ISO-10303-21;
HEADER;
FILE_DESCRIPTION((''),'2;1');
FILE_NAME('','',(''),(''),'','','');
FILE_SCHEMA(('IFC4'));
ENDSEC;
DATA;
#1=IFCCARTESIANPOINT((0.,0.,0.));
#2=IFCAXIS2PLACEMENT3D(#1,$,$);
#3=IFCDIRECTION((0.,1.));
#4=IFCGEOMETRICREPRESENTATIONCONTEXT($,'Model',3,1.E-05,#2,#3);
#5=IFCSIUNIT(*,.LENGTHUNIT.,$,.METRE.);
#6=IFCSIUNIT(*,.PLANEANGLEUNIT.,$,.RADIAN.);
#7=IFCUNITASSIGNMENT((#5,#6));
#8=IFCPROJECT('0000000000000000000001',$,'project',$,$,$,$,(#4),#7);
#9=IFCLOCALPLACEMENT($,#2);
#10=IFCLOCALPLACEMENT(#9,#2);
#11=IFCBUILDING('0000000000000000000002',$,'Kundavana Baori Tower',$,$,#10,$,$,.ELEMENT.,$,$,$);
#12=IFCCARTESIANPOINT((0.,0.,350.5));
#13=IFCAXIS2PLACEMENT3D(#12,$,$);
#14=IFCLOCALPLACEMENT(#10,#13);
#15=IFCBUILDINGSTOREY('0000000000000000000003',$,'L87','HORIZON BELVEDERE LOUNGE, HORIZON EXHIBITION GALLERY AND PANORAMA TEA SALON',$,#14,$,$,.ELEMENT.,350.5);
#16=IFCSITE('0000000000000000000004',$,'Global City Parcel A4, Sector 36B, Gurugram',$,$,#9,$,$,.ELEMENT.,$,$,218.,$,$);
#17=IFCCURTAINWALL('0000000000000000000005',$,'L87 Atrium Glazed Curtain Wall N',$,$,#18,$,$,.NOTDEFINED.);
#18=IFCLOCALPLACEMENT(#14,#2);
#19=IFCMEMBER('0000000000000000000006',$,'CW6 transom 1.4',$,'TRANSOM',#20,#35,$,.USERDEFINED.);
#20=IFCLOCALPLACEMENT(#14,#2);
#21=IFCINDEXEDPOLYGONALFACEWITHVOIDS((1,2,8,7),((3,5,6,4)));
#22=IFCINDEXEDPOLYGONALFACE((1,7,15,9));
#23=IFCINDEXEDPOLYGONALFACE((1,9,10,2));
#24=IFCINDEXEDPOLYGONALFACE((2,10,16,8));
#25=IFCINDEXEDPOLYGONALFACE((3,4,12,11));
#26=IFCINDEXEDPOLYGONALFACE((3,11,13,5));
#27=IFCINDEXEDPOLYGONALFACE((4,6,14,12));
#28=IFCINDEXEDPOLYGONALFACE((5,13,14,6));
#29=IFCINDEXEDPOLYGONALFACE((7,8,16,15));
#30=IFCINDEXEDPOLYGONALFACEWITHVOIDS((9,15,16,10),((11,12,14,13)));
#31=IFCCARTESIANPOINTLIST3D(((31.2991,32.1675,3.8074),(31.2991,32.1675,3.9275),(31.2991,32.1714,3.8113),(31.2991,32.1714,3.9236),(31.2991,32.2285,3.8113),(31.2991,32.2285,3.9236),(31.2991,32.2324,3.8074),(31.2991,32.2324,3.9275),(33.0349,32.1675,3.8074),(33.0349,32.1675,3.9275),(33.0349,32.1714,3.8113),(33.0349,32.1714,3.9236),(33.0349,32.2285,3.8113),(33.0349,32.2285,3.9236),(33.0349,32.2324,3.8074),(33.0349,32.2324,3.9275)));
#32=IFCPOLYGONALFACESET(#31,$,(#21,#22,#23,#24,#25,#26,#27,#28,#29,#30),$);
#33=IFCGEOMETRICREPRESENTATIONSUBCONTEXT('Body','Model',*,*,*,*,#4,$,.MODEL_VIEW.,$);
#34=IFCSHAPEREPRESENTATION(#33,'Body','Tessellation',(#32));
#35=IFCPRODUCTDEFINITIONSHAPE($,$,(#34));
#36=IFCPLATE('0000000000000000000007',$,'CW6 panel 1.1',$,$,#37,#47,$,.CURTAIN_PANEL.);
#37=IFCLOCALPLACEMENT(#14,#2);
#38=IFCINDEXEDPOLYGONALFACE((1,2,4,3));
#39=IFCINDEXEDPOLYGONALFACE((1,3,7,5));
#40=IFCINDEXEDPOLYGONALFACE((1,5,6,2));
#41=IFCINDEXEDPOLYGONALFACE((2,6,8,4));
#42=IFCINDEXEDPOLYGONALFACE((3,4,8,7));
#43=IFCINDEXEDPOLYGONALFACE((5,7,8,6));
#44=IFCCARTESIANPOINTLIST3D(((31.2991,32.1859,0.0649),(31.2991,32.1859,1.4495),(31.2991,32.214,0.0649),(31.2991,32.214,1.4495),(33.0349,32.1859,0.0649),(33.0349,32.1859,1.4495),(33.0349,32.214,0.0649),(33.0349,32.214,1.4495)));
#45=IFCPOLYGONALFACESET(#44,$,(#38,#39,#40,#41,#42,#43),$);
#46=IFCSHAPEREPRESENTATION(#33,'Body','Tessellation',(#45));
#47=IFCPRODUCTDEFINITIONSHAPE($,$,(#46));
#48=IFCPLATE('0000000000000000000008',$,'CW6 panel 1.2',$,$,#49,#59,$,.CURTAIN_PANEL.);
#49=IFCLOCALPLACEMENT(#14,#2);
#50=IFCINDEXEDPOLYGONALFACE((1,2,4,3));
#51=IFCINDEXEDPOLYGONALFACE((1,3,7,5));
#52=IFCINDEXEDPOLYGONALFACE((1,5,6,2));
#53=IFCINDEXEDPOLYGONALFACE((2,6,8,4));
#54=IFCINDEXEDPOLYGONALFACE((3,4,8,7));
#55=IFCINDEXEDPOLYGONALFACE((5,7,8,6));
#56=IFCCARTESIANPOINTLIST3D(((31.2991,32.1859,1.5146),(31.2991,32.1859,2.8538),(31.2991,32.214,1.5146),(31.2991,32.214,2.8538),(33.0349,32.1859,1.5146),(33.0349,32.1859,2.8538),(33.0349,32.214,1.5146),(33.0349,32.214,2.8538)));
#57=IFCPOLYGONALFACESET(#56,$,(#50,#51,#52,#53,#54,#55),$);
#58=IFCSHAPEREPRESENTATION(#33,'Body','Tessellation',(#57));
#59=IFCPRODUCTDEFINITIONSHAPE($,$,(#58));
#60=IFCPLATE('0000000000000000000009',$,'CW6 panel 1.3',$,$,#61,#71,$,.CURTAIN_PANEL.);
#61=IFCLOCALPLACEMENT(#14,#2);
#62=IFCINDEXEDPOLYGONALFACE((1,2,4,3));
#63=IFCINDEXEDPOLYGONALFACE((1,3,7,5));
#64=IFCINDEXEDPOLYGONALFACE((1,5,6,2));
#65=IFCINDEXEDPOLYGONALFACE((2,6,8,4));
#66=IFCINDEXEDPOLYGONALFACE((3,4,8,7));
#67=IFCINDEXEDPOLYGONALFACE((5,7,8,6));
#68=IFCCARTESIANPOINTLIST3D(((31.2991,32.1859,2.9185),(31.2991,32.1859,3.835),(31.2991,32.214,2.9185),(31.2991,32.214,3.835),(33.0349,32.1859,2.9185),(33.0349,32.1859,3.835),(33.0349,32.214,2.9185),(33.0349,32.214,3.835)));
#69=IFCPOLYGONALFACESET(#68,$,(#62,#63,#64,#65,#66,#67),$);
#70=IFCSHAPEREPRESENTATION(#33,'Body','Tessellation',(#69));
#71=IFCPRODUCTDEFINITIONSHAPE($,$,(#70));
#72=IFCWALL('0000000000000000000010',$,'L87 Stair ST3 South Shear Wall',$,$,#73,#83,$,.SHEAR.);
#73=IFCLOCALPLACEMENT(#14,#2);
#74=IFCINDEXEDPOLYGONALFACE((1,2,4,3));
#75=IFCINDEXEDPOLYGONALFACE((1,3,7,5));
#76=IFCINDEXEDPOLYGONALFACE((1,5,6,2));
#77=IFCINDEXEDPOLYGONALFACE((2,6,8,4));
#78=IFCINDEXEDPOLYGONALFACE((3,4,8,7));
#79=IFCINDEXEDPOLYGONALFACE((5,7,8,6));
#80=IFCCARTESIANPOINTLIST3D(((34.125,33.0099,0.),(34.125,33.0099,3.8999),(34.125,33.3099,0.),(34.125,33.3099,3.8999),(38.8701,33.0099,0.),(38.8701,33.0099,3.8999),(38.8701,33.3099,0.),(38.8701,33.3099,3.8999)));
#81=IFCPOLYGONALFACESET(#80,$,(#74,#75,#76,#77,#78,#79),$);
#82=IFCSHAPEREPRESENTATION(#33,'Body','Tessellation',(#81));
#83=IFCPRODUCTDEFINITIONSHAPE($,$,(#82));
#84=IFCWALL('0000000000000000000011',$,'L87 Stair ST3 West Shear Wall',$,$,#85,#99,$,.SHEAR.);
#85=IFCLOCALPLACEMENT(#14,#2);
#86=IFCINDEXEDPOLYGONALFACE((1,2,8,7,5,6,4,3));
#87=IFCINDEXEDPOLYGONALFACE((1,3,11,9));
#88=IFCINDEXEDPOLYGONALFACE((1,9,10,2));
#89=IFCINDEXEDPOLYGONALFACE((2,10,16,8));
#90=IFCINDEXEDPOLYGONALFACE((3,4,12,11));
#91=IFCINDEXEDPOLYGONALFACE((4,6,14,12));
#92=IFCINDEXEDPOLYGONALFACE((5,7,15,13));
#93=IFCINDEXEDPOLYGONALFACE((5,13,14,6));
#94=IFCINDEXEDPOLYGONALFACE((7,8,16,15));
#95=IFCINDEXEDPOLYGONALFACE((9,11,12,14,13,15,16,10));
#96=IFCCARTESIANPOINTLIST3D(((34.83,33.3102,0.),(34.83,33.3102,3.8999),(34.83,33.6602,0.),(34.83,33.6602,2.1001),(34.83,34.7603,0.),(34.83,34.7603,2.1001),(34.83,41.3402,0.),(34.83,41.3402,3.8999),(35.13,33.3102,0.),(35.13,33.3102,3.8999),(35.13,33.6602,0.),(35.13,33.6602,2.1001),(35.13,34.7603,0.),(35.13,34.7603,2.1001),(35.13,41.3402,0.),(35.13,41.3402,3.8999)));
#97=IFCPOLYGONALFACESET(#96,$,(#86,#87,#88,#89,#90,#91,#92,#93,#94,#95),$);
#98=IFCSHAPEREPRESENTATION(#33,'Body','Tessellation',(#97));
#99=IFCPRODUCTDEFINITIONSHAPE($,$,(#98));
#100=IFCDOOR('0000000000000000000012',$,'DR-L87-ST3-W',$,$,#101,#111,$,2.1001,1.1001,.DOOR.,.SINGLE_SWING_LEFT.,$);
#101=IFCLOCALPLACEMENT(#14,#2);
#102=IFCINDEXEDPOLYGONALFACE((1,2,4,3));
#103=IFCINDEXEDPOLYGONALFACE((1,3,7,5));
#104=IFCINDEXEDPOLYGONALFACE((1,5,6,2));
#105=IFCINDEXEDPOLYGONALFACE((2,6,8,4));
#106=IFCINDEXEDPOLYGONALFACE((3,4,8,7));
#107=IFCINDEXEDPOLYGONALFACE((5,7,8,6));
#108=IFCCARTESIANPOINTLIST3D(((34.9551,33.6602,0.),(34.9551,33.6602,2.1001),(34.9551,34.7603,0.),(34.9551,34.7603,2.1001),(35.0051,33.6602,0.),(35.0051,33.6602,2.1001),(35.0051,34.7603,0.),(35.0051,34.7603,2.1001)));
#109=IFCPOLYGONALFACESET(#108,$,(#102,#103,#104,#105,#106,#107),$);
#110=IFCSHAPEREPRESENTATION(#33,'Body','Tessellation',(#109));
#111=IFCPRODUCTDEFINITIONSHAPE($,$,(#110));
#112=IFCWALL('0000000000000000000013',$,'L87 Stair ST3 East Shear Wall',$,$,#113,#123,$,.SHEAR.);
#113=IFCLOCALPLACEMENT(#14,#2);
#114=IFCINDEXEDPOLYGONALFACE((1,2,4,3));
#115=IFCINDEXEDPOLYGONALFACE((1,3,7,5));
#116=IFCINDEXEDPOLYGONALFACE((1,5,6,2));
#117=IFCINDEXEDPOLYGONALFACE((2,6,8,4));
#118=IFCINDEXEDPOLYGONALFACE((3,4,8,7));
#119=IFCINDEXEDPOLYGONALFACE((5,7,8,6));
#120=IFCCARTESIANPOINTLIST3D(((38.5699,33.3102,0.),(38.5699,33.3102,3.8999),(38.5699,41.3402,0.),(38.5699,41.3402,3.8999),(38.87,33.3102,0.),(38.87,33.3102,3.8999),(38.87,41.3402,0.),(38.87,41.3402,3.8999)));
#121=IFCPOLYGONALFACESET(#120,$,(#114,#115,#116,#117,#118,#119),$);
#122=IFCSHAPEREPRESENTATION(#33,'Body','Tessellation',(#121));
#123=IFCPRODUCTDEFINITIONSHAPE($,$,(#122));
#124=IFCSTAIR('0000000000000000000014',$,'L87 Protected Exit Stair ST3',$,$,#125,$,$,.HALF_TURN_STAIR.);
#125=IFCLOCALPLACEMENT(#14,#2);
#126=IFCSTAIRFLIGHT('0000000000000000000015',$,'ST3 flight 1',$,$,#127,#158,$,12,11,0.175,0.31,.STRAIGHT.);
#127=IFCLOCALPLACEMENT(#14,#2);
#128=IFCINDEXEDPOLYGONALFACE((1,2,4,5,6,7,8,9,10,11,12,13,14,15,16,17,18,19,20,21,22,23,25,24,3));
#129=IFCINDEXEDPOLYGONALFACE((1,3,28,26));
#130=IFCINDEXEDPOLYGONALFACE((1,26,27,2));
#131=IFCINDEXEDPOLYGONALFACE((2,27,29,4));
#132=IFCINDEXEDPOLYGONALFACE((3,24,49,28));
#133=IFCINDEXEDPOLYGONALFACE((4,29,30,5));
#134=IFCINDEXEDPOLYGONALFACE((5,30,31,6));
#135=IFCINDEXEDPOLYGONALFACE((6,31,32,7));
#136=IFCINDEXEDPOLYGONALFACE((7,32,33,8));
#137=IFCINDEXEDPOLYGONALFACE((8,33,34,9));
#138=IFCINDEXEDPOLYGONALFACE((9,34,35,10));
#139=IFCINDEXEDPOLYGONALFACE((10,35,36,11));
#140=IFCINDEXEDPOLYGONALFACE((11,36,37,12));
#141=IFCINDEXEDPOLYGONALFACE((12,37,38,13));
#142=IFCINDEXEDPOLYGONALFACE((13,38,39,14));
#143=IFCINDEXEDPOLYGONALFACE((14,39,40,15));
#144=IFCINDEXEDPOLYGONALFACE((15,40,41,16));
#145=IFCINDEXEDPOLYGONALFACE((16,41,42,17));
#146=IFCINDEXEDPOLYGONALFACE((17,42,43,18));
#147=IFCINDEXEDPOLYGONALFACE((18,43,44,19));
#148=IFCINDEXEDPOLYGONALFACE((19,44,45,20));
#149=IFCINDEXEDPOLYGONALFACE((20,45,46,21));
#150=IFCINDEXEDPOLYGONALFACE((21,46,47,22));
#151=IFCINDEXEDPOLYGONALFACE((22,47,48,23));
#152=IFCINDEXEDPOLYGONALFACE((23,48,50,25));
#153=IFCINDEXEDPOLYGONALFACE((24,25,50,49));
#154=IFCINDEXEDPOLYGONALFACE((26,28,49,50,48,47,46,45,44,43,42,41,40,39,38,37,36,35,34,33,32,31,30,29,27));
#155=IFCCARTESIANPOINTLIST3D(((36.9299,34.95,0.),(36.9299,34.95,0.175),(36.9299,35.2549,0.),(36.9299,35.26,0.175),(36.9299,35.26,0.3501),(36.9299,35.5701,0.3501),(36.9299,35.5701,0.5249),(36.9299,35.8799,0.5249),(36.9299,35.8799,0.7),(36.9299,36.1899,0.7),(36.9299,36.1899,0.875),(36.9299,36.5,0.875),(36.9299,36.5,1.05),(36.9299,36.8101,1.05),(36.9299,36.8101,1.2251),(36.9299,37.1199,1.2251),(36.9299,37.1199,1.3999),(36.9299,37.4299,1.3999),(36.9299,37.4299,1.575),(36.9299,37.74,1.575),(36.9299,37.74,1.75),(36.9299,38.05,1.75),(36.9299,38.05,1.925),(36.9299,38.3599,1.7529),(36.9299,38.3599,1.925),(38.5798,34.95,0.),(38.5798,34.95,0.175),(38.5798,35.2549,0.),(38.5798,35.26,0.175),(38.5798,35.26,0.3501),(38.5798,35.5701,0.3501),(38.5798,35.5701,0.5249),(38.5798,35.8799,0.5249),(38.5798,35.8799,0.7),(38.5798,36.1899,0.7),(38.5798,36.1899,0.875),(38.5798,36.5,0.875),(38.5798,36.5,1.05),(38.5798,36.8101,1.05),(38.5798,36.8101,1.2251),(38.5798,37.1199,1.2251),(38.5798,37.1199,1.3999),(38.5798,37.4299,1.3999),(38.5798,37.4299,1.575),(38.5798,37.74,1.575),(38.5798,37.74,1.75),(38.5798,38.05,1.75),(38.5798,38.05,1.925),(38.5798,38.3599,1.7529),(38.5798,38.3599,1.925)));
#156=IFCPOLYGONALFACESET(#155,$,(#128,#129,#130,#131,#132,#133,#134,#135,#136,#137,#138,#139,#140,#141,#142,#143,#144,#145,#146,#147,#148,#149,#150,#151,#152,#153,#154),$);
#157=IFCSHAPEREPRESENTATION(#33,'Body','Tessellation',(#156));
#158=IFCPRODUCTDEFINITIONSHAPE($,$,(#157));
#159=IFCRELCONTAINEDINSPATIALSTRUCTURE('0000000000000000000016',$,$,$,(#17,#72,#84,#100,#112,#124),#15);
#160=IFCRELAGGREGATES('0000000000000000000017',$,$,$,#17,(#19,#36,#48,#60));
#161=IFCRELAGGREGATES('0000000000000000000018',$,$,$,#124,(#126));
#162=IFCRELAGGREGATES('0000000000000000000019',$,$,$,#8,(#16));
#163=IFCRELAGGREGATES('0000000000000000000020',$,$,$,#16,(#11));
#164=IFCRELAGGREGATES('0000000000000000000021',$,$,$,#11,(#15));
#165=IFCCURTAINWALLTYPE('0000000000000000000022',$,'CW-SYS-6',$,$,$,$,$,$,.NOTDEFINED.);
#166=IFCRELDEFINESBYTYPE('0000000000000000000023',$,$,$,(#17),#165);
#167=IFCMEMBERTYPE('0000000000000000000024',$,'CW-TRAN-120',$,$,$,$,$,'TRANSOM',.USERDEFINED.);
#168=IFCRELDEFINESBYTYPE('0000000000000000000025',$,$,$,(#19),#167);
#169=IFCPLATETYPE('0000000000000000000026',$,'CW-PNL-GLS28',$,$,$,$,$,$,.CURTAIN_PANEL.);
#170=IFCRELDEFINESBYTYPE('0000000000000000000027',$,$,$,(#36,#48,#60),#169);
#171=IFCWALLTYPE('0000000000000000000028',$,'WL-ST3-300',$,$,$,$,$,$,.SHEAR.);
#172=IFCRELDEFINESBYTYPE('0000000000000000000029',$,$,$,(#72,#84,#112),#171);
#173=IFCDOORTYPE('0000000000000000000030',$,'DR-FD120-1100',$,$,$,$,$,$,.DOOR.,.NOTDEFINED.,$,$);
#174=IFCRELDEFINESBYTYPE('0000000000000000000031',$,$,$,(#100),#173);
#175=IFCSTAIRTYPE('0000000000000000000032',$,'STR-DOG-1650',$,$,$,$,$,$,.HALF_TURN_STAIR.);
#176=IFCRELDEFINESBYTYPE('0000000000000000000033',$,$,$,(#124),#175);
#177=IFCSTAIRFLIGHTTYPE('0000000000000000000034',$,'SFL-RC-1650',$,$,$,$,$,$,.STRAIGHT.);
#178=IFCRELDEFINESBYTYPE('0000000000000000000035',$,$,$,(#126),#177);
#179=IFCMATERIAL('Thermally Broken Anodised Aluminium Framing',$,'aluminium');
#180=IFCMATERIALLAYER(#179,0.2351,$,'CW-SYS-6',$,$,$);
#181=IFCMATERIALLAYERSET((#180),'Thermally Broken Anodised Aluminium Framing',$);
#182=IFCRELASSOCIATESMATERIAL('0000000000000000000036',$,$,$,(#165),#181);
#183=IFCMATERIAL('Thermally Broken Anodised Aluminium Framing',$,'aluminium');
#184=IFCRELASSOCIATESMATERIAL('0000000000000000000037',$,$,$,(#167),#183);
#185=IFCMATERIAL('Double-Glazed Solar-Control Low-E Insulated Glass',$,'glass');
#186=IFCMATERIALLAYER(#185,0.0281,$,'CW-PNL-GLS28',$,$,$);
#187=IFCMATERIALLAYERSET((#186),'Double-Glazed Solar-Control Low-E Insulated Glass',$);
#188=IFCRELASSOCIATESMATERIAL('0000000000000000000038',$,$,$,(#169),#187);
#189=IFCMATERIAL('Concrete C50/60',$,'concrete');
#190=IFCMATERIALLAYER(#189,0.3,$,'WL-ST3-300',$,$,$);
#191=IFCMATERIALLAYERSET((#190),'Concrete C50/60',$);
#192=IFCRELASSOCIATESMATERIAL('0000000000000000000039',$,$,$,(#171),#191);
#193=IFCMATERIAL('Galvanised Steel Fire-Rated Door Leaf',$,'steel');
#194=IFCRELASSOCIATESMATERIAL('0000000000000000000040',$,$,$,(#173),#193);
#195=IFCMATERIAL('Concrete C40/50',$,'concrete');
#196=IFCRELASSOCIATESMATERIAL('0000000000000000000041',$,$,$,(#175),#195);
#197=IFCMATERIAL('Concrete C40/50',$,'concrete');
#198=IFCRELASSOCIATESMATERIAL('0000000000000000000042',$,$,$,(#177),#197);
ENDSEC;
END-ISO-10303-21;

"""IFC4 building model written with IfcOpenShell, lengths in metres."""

from ifc_helpers import new_model, si_unit, direction, frame, frame_2d, origin, origin_2d, place, context, subcontext, project, spatial, polyline, rectangle, hollow_rectangle, outline, extrude, material, layer, layer_set, material_profile, profile_set, type_object, element, fill, aggregate, save


model = new_model("IFC4")

# Units and contexts
model_context = context("Model", 3, precision=1e-05, world=origin(), true_north=direction((0.0, 1.0)))
body_context = subcontext(model_context, "Body", "Model", "MODEL_VIEW")
ifc_project = project(units=[si_unit("LENGTHUNIT", "METRE"), si_unit("PLANEANGLEUNIT", "RADIAN")], contexts=[model_context])

# Site, building, storey
site_placement = place(None, origin())
site = spatial("IfcSite", under=ifc_project, at=site_placement, Name="Global City Parcel A4, Sector 36B, Gurugram", CompositionType="ELEMENT", RefElevation=218.0)
building_placement = place(site_placement, origin())
building = spatial("IfcBuilding", under=site, at=building_placement, Name="Kundavana Baori Tower", CompositionType="ELEMENT")
storey_placement = place(building_placement, frame((0.0, 0.0, 350.5)))
storey = spatial("IfcBuildingStorey", under=building, at=storey_placement, Name="L87", Description="HORIZON BELVEDERE LOUNGE, HORIZON EXHIBITION GALLERY AND PANORAMA TEA SALON", CompositionType="ELEMENT", Elevation=350.5)

# Curtain wall, member, plates
ifc_material_1 = material(Name="Thermally Broken Anodised Aluminium Framing", Category="aluminium")
ifc_layer_1 = layer(ifc_material_1, 0.2351, Name="CW-SYS-6")
ifc_layer_set_1 = layer_set([ifc_layer_1], Name="Thermally Broken Anodised Aluminium Framing")
curtain_wall_type = type_object("IfcCurtainWallType", Name="CW-SYS-6", PredefinedType="NOTDEFINED", material=ifc_layer_set_1)
curtain_wall_placement = place(storey_placement, origin())
curtain_wall = element("IfcCurtainWall", 1, at=curtain_wall_placement, inside=storey, type_object=curtain_wall_type, Name="L87 Atrium Glazed Curtain Wall N", PredefinedType="NOTDEFINED")
ifc_material_2 = material(Name="Thermally Broken Anodised Aluminium Framing", Category="aluminium")
ifc_material_profile_1 = material_profile(ifc_material_2, hollow_rectangle(XDim=0.0649, YDim=0.1201, WallThickness=0.0039, at=origin_2d()), Name="CW-TRAN-120")
ifc_profile_set_1 = profile_set([ifc_material_profile_1], Name="Thermally Broken Anodised Aluminium Framing")
member_type_1 = type_object("IfcMemberType", Name="CW-TRAN-120", ElementType="TRANSOM", PredefinedType="USERDEFINED", material=ifc_profile_set_1)
member_1_placement = place(storey_placement, frame((33.0349, 32.2, 3.8674), z_axis=(-1.0, 0.0, 0.0), x_axis=(0.0, -1.0, 0.0)))
member_1 = element("IfcMember", 2, at=member_1_placement, type_object=member_type_1, Name="CW6 transom 1.4", ObjectType="TRANSOM", PredefinedType="USERDEFINED", context=body_context, shape_type="SweptSolid", body=[
    extrude(hollow_rectangle(XDim=0.0649, YDim=0.1201, WallThickness=0.0039, at=origin_2d()), origin(), (0.0, 0.0, 1.0), 1.7358),
])
ifc_material_3 = material(Name="Double-Glazed Solar-Control Low-E Insulated Glass", Category="glass")
ifc_layer_2 = layer(ifc_material_3, 0.0281, Name="CW-PNL-GLS28")
ifc_layer_set_2 = layer_set([ifc_layer_2], Name="Double-Glazed Solar-Control Low-E Insulated Glass")
plate_type = type_object("IfcPlateType", Name="CW-PNL-GLS28", PredefinedType="CURTAIN_PANEL", material=ifc_layer_set_2)
plate_1_placement = place(storey_placement, frame((32.167, 32.2, 0.0649), z_axis=(0.0, 0.0, 1.0), x_axis=(-1.0, 0.0, 0.0)))
plate_1 = element("IfcPlate", 3, at=plate_1_placement, type_object=plate_type, Name="CW6 panel 1.1", PredefinedType="CURTAIN_PANEL", context=body_context, shape_type="SweptSolid", body=[
    extrude(rectangle(XDim=1.7358, YDim=0.0281, at=origin_2d()), origin(), (0.0, 0.0, 1.0), 1.3845),
])
plate_2_placement = place(storey_placement, frame((32.167, 32.2, 1.5146), z_axis=(0.0, 0.0, 1.0), x_axis=(-1.0, 0.0, 0.0)))
plate_2 = element("IfcPlate", 4, at=plate_2_placement, type_object=plate_type, Name="CW6 panel 1.2", PredefinedType="CURTAIN_PANEL", context=body_context, shape_type="SweptSolid", body=[
    extrude(rectangle(XDim=1.7358, YDim=0.0281, at=origin_2d()), origin(), (0.0, 0.0, 1.0), 1.3391),
])
plate_3_placement = place(storey_placement, frame((32.167, 32.2, 2.9185), z_axis=(0.0, 0.0, 1.0), x_axis=(-1.0, 0.0, 0.0)))
plate_3 = element("IfcPlate", 5, at=plate_3_placement, type_object=plate_type, Name="CW6 panel 1.3", PredefinedType="CURTAIN_PANEL", context=body_context, shape_type="SweptSolid", body=[
    extrude(rectangle(XDim=1.7358, YDim=0.0281, at=origin_2d()), origin(), (0.0, 0.0, 1.0), 0.9165),
])
aggregate(curtain_wall, [member_1, plate_1, plate_2, plate_3])

# Wall
ifc_material_4 = material(Name="Concrete C50/60", Category="concrete")
ifc_layer_3 = layer(ifc_material_4, 0.3, Name="WL-ST3-300")
ifc_layer_set_3 = layer_set([ifc_layer_3], Name="Concrete C50/60")
wall_type = type_object("IfcWallType", Name="WL-ST3-300", PredefinedType="SHEAR", material=ifc_layer_set_3)
wall_1_placement = place(storey_placement, frame((34.125, 33.1599, 0.0), z_axis=(0.0, 0.0, 1.0), x_axis=(1.0, 0.0, 0.0)))
element("IfcWall", 6, at=wall_1_placement, inside=storey, type_object=wall_type, Name="L87 Stair ST3 South Shear Wall", PredefinedType="SHEAR", context=body_context, shape_type="SweptSolid", body=[
    extrude(rectangle(XDim=4.7451, YDim=0.3, at=frame_2d((2.3726, 0.0))), origin(), (0.0, 0.0, 1.0), 3.8999),
])

# Wall, opening, door
wall_2_placement = place(storey_placement, frame((34.98, 33.3101, 0.0), z_axis=(0.0, 0.0, 1.0), x_axis=(0.0, 1.0, 0.0)))
wall_2 = element("IfcWall", 7, at=wall_2_placement, inside=storey, type_object=wall_type, Name="L87 Stair ST3 West Shear Wall", PredefinedType="SHEAR", context=body_context, shape_type="SweptSolid", body=[
    extrude(rectangle(XDim=8.03, YDim=0.3, at=frame_2d((4.0151, 0.0))), origin(), (0.0, 0.0, 1.0), 3.8999),
])
opening_placement = place(wall_2_placement, frame((0.3501, 0.0, 0.0)))
opening = element("IfcOpeningElement", 8, at=opening_placement, cuts=wall_2, PredefinedType="OPENING", context=body_context, shape_type="SweptSolid", body=[
    extrude(rectangle(XDim=1.1001, YDim=2.1001, at=frame_2d((0.55, 1.05))), frame((0.0, 0.1602, 0.0), z_axis=(0.0, -1.0, 0.0), x_axis=(1.0, 0.0, 0.0)), (0.0, 0.0, 1.0), 0.3201),
])
ifc_material_5 = material(Name="Galvanised Steel Fire-Rated Door Leaf", Category="steel")
door_type = type_object("IfcDoorType", Name="DR-FD120-1100", OperationType="NOTDEFINED", PredefinedType="DOOR", material=ifc_material_5)
door_placement = place(opening_placement, origin())
door = element("IfcDoor", 9, at=door_placement, inside=storey, type_object=door_type, Name="DR-L87-ST3-W", OperationType="SINGLE_SWING_LEFT", OverallHeight=2.1001, OverallWidth=1.1001, PredefinedType="DOOR", context=body_context, shape_type="SweptSolid", body=[
    extrude(rectangle(XDim=1.1001, YDim=2.1001, at=frame_2d((0.55, 1.05))), frame((0.0, 0.0249, 0.0), z_axis=(0.0, -1.0, 0.0), x_axis=(1.0, 0.0, 0.0)), (0.0, 0.0, 1.0), 0.05),
])
fill(opening, door)

# Wall
wall_3_placement = place(storey_placement, frame((38.72, 33.3101, 0.0), z_axis=(0.0, 0.0, 1.0), x_axis=(0.0, 1.0, 0.0)))
element("IfcWall", 10, at=wall_3_placement, inside=storey, type_object=wall_type, Name="L87 Stair ST3 East Shear Wall", PredefinedType="SHEAR", context=body_context, shape_type="SweptSolid", body=[
    extrude(rectangle(XDim=8.03, YDim=0.3, at=frame_2d((4.0151, 0.0))), origin(), (0.0, 0.0, 1.0), 3.8999),
])

# Stair, stair flight
ifc_material_6 = material(Name="Concrete C40/50", Category="concrete")
stair_type = type_object("IfcStairType", Name="STR-DOG-1650", PredefinedType="HALF_TURN_STAIR", material=ifc_material_6)
stair_placement = place(storey_placement, origin())
stair = element("IfcStair", 11, at=stair_placement, inside=storey, type_object=stair_type, Name="L87 Protected Exit Stair ST3", PredefinedType="HALF_TURN_STAIR")
ifc_material_7 = material(Name="Concrete C40/50", Category="concrete")
stair_flight_type = type_object("IfcStairFlightType", Name="SFL-RC-1650", PredefinedType="STRAIGHT", material=ifc_material_7)
stair_flight_1_placement = place(storey_placement, frame((37.7549, 34.95, 0.0), z_axis=(0.0, 0.0, 1.0), x_axis=(0.0, 1.0, 0.0)))
stair_flight_1 = element("IfcStairFlight", 12, at=stair_flight_1_placement, type_object=stair_flight_type, Name="ST3 flight 1", NumberOfRisers=12, NumberOfTreads=11, PredefinedType="STRAIGHT", RiserHeight=0.175, TreadLength=0.31, context=body_context, shape_type="SweptSolid", body=[
    extrude(outline(polyline([(0.0, 0.0), (0.0, 0.175), (0.3101, 0.175), (0.3101, 0.3501), (0.6201, 0.3501), (0.6201, 0.5249), (0.9299, 0.5249), (0.9299, 0.7), (1.24, 0.7), (1.24, 0.875), (1.55, 0.875), (1.55, 1.05), (1.8601, 1.05), (1.8601, 1.2251), (2.1699, 1.2251), (2.1699, 1.3999), (2.48, 1.3999), (2.48, 1.575), (2.79, 1.575), (2.79, 1.75), (3.1001, 1.75), (3.1001, 1.925), (3.4099, 1.925), (3.4099, 2.1001), (3.4099, 1.7529), (0.3049, 0.0), (0.0, 0.0)])), frame((0.0, 0.825, 0.0), z_axis=(0.0, -1.0, 0.0), x_axis=(1.0, 0.0, 0.0)), (0.0, 0.0, 1.0), 1.6499),
])
aggregate(stair, [stair_flight_1])

save(model, "model.ifc")
